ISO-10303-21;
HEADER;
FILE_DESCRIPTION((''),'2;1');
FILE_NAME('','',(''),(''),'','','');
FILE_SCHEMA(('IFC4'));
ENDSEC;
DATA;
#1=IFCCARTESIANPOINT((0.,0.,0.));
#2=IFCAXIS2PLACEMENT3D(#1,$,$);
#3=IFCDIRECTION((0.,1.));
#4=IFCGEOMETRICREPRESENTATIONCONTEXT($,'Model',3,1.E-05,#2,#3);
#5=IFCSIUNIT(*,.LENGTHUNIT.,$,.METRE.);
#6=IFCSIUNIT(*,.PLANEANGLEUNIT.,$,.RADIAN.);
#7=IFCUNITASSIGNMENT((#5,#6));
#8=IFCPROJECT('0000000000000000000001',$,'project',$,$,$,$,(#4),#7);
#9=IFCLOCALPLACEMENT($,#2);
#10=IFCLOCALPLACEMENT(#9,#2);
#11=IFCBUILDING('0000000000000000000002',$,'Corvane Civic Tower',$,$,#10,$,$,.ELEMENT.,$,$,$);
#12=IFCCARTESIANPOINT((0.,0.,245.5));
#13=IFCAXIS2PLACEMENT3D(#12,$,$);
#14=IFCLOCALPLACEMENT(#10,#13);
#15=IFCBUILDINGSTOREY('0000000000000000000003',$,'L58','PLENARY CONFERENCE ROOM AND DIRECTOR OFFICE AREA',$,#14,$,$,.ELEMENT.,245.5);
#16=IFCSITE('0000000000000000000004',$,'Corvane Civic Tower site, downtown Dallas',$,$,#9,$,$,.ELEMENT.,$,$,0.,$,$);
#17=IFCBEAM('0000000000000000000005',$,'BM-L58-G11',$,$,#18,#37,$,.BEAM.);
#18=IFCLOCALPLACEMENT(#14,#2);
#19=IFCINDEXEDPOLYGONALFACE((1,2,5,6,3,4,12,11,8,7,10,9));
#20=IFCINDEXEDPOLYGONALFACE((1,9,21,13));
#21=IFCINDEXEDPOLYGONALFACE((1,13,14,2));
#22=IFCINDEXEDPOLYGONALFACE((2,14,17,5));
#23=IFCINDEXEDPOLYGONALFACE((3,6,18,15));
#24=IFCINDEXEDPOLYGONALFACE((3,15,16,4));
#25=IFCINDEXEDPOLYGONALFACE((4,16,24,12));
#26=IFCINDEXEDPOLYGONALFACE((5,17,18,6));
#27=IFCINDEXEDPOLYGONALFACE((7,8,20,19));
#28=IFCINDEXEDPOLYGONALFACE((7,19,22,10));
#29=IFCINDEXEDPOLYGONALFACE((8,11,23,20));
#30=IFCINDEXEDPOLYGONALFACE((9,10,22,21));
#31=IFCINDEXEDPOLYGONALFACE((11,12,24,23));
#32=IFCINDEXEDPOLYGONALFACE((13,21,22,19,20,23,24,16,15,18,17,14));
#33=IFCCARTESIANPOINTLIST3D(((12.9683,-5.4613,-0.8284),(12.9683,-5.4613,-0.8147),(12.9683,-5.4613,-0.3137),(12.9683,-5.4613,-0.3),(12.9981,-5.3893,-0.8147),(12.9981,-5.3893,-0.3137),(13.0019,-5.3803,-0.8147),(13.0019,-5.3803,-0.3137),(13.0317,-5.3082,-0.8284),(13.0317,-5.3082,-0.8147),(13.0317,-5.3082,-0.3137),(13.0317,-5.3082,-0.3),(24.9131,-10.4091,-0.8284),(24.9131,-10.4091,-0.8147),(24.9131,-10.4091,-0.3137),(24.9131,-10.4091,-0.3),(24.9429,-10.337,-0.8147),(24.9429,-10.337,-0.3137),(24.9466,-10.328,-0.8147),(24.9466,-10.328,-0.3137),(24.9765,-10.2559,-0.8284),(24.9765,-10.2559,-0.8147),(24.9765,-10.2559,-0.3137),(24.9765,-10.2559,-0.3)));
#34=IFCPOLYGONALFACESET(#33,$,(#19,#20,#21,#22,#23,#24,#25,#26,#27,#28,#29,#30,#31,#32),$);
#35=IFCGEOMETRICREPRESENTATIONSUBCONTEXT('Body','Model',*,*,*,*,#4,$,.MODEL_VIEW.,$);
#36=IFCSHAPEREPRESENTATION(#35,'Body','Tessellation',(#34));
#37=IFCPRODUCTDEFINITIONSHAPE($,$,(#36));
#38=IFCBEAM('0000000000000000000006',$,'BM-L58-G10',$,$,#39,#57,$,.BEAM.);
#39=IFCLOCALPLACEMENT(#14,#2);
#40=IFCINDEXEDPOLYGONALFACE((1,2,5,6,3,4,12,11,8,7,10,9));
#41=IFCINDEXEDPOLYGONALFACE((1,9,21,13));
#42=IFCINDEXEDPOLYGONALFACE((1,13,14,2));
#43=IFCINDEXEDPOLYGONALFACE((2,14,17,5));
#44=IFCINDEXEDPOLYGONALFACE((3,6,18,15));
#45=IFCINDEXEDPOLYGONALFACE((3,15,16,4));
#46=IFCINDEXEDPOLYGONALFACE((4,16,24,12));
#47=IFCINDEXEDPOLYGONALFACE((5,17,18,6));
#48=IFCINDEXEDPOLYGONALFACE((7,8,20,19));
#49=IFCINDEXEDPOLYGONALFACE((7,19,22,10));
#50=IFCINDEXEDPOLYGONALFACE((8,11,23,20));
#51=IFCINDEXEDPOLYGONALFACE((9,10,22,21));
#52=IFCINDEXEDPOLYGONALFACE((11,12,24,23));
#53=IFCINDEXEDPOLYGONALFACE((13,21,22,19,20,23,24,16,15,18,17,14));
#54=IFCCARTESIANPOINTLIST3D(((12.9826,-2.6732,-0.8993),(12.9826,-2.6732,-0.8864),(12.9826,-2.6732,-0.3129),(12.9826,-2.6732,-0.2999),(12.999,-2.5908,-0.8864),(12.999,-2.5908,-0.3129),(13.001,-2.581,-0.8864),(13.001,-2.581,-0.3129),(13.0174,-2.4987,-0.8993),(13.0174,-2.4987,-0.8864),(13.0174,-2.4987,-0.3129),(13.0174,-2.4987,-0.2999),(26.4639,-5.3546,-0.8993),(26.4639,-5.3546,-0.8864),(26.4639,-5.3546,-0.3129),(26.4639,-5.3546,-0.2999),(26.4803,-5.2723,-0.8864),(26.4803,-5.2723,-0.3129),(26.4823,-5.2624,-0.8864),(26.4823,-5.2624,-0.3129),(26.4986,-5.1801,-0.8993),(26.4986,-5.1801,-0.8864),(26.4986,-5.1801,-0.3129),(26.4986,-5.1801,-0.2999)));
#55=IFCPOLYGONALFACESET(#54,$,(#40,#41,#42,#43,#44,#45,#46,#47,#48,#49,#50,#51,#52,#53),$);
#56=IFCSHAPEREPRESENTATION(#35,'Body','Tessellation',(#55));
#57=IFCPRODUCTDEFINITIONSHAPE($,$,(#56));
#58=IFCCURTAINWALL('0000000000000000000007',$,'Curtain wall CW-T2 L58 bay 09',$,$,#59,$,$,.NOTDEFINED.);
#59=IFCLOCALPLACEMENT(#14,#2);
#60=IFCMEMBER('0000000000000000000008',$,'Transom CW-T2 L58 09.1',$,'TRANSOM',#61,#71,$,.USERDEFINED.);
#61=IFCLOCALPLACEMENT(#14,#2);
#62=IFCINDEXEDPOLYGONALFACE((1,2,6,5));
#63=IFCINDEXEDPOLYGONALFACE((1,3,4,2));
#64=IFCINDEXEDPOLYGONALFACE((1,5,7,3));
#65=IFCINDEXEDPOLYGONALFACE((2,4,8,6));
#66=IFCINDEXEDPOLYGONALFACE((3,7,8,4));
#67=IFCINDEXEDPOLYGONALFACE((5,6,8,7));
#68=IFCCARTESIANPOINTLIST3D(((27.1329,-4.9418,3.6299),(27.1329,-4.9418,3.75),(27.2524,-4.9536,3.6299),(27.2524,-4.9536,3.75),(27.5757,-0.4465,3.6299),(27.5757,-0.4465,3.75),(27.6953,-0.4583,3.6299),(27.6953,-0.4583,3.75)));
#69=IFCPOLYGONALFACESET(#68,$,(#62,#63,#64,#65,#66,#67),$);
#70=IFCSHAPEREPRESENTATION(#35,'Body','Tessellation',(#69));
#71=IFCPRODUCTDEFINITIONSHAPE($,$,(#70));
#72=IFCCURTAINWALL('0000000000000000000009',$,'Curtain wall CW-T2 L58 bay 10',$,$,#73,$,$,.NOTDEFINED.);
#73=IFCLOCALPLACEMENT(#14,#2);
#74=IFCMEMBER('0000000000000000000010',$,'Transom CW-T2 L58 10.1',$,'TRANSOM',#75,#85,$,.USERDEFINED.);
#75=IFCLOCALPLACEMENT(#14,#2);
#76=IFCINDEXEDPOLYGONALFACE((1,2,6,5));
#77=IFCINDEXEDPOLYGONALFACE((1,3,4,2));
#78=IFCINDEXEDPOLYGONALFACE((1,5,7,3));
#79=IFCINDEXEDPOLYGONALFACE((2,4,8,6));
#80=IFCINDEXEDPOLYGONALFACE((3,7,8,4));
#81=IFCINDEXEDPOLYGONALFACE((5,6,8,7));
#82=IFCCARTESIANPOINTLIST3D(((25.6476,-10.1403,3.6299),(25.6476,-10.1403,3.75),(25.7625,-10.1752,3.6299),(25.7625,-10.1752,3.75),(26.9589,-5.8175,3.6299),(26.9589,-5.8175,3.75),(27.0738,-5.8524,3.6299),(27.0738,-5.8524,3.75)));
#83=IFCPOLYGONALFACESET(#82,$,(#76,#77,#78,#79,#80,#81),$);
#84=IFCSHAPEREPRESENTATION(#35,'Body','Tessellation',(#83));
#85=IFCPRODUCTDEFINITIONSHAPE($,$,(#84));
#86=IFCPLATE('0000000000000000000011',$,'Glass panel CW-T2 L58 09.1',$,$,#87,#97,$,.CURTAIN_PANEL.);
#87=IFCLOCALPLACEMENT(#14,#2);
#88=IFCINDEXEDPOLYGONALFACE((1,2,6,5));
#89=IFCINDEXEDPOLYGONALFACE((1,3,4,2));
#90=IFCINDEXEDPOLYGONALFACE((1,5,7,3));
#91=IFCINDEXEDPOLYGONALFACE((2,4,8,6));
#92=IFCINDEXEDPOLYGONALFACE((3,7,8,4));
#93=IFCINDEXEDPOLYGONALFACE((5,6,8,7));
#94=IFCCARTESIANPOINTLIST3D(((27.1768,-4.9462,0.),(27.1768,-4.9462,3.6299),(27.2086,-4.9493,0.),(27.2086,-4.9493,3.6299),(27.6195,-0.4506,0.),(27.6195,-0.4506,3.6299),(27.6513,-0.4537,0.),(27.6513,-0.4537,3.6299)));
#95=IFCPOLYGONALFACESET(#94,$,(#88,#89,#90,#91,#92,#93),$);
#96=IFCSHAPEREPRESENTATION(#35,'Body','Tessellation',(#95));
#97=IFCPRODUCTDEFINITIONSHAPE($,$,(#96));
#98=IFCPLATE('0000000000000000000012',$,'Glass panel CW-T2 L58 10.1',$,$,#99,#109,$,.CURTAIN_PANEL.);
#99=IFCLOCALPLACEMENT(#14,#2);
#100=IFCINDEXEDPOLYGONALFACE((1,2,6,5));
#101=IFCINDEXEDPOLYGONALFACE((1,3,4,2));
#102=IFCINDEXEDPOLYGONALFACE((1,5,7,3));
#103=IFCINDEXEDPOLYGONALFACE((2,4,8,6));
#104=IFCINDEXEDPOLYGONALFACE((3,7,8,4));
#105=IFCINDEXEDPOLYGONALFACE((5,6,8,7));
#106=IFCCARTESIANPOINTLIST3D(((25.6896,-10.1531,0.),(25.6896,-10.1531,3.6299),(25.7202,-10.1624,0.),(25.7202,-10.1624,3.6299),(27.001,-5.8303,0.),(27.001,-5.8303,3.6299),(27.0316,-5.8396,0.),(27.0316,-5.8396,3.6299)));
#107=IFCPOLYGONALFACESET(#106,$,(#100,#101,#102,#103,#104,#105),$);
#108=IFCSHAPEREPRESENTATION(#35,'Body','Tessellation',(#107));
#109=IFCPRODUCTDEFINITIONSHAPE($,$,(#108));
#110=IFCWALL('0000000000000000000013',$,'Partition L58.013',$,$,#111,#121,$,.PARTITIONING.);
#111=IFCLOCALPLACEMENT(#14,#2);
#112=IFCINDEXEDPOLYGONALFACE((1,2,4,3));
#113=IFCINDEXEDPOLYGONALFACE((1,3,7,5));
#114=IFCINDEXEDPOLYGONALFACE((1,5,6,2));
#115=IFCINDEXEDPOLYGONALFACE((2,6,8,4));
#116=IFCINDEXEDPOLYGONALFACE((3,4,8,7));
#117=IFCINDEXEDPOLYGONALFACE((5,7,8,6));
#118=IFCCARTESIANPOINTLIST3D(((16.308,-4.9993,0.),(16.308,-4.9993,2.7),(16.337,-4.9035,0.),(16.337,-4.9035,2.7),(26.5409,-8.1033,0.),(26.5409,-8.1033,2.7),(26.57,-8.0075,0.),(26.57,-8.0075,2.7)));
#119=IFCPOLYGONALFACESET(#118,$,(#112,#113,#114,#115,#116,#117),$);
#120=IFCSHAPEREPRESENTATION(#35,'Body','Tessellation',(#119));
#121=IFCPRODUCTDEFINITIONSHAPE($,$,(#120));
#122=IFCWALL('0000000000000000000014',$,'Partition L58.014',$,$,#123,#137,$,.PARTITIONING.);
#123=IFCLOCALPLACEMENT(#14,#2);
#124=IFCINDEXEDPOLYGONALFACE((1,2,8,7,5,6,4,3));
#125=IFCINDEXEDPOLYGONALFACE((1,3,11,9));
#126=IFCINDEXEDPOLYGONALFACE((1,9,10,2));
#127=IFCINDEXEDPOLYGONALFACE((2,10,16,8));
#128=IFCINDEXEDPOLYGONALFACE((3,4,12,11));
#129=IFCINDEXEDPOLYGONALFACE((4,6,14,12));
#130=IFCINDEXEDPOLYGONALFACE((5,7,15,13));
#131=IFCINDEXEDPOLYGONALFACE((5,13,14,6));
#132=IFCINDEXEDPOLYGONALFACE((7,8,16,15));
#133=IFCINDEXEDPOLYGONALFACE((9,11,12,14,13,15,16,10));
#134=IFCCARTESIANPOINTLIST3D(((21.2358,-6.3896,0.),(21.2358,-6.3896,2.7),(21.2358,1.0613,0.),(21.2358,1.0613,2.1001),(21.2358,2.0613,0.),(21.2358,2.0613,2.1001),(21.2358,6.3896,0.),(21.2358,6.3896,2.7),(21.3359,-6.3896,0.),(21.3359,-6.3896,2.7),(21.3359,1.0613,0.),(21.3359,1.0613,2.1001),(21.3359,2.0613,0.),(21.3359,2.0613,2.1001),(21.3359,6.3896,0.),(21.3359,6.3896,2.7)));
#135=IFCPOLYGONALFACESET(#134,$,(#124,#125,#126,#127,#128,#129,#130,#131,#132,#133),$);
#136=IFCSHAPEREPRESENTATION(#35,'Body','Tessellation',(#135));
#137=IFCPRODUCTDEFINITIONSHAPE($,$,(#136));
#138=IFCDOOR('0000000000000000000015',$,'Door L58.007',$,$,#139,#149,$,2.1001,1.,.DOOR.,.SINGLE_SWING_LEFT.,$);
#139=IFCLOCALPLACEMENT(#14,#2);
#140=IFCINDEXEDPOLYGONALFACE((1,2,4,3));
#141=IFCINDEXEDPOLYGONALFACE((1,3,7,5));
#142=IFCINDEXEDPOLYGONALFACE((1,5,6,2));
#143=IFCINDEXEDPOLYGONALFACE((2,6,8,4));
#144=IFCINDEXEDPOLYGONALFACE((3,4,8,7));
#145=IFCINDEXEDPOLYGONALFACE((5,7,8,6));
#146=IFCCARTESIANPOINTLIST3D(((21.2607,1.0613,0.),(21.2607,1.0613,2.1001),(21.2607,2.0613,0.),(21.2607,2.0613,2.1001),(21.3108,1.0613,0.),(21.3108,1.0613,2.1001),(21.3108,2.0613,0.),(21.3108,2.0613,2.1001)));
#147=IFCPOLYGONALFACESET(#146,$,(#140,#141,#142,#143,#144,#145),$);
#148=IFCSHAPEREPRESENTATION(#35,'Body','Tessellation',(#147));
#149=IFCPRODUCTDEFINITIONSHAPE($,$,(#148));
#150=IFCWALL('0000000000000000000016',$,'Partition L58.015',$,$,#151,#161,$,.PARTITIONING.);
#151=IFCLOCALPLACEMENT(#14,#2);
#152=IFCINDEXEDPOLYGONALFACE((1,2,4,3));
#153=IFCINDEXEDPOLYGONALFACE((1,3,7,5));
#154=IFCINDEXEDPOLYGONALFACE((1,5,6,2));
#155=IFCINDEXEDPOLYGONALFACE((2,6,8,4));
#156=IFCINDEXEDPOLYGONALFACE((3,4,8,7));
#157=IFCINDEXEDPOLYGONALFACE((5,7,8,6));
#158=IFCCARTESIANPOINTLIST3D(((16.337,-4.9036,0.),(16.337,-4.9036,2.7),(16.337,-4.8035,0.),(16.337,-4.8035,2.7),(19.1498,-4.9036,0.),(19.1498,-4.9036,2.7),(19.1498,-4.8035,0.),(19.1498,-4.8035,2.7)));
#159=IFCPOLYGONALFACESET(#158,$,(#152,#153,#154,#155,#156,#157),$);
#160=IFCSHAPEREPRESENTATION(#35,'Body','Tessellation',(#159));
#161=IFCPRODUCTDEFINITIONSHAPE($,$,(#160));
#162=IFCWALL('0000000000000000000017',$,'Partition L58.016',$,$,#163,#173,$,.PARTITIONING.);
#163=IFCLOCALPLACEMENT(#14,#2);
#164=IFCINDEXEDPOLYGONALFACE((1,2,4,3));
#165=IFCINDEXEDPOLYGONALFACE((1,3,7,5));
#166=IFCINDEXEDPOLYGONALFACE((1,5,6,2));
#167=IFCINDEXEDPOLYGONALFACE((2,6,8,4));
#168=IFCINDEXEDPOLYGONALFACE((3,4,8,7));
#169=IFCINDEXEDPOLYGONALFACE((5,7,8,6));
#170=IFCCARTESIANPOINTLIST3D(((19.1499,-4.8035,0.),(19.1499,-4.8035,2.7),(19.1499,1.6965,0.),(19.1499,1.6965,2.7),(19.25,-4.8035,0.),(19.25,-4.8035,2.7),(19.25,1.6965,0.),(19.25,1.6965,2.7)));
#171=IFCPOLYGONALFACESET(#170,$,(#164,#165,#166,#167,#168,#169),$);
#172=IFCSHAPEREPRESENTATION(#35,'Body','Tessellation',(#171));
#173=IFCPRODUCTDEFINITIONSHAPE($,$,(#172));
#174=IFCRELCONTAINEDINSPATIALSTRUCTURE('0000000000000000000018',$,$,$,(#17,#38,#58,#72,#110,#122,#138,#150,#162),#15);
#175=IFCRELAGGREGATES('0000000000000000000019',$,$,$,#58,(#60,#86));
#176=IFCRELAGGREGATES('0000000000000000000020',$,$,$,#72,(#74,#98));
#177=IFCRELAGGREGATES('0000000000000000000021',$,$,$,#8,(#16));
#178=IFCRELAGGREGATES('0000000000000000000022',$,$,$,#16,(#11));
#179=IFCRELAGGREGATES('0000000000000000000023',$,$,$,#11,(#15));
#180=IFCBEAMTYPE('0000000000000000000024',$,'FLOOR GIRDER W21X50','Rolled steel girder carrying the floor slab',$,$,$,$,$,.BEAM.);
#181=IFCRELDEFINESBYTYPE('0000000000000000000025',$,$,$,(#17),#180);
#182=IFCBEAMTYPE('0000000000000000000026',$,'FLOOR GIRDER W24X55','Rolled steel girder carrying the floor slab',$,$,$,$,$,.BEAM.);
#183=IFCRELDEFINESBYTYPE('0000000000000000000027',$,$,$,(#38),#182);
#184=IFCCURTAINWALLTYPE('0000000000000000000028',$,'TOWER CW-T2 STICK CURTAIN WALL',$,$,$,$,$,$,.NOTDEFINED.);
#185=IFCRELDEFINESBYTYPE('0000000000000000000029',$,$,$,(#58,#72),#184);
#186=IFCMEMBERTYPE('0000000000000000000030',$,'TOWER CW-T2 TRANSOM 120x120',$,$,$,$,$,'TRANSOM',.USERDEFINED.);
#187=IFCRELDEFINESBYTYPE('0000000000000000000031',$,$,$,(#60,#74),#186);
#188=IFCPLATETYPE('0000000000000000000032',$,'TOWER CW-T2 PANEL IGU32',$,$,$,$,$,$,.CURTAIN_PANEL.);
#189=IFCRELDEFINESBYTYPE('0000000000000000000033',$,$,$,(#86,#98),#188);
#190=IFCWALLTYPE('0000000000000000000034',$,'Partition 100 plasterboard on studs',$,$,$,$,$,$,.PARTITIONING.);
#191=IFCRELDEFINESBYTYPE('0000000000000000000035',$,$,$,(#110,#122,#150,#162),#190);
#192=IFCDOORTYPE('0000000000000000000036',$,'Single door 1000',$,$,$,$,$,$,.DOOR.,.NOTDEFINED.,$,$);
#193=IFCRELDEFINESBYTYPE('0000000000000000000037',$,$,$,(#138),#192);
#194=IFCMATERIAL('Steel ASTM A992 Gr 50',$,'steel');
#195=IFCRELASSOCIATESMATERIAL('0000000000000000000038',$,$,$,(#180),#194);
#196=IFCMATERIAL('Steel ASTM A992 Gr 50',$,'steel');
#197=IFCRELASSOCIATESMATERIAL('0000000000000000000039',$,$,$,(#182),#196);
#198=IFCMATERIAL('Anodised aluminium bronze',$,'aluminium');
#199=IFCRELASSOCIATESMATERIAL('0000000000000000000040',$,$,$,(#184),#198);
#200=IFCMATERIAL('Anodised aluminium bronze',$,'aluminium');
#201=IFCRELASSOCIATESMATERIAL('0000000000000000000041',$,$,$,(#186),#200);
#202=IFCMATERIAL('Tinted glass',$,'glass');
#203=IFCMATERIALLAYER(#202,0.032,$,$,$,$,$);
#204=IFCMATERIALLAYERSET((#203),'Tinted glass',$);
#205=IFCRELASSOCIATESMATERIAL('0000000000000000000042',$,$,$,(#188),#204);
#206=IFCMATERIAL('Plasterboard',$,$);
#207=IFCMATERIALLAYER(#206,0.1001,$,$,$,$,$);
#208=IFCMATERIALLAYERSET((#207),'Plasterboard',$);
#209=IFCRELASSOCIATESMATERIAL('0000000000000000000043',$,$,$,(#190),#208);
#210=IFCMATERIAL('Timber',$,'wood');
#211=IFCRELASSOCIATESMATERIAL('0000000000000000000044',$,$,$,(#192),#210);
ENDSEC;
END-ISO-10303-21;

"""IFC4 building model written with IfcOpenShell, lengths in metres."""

from ifc_helpers import new_model, si_unit, direction, frame, frame_2d, origin, origin_2d, place, context, subcontext, project, spatial, rectangle, i_section, extrude, material, layer, layer_set, material_profile, profile_set, type_object, element, fill, aggregate, save


model = new_model("IFC4")

# Units and contexts
model_context = context("Model", 3, precision=1e-05, world=origin(), true_north=direction((0.0, 1.0)))
body_context = subcontext(model_context, "Body", "Model", "MODEL_VIEW")
ifc_project = project(units=[si_unit("LENGTHUNIT", "METRE"), si_unit("PLANEANGLEUNIT", "RADIAN")], contexts=[model_context])

# Site, building, storey
site_placement = place(None, origin())
site = spatial("IfcSite", under=ifc_project, at=site_placement, Name="Corvane Civic Tower site, downtown Dallas", CompositionType="ELEMENT", RefElevation=0.0)
building_placement = place(site_placement, origin())
building = spatial("IfcBuilding", under=site, at=building_placement, Name="Corvane Civic Tower", CompositionType="ELEMENT")
storey_placement = place(building_placement, frame((0.0, 0.0, 245.5)))
storey = spatial("IfcBuildingStorey", under=building, at=storey_placement, Name="L58", Description="PLENARY CONFERENCE ROOM AND DIRECTOR OFFICE AREA", CompositionType="ELEMENT", Elevation=245.5)

# Beams
ifc_material_1 = material(Name="Steel ASTM A992 Gr 50", Category="steel")
ifc_material_profile_1 = material_profile(ifc_material_1, i_section(OverallWidth=0.1658, OverallDepth=0.5283, WebThickness=0.0098, FlangeThickness=0.0137, at=origin_2d()), Name="W21X50")
ifc_profile_set_1 = profile_set([ifc_material_profile_1], Name="Steel ASTM A992 Gr 50")
beam_type_1 = type_object("IfcBeamType", Name="FLOOR GIRDER W21X50", Description="Rolled steel girder carrying the floor slab", PredefinedType="BEAM", material=ifc_profile_set_1)
beam_1_placement = place(storey_placement, frame((13.0, -5.3848, -0.5642), z_axis=(0.923878, -0.382686, 0.0), x_axis=(0.382686, 0.923878, 0.0)))
element("IfcBeam", 1, at=beam_1_placement, inside=storey, type_object=beam_type_1, Name="BM-L58-G11", PredefinedType="BEAM", context=body_context, shape_type="SweptSolid", body=[
    extrude(i_section(OverallWidth=0.1658, OverallDepth=0.5283, WebThickness=0.0098, FlangeThickness=0.0137, at=origin_2d()), origin(), (0.0, 0.0, 1.0), 12.929),
])
ifc_material_2 = material(Name="Steel ASTM A992 Gr 50", Category="steel")
ifc_material_profile_2 = material_profile(ifc_material_2, i_section(OverallWidth=0.178, OverallDepth=0.5994, WebThickness=0.01, FlangeThickness=0.0129, at=origin_2d()), Name="W24X55")
ifc_profile_set_2 = profile_set([ifc_material_profile_2], Name="Steel ASTM A992 Gr 50")
beam_type_2 = type_object("IfcBeamType", Name="FLOOR GIRDER W24X55", Description="Rolled steel girder carrying the floor slab", PredefinedType="BEAM", material=ifc_profile_set_2)
beam_2_placement = place(storey_placement, frame((13.0, -2.5859, -0.5996), z_axis=(0.980788, -0.195078, 0.0), x_axis=(0.195078, 0.980788, 0.0)))
element("IfcBeam", 2, at=beam_2_placement, inside=storey, type_object=beam_type_2, Name="BM-L58-G10", PredefinedType="BEAM", context=body_context, shape_type="SweptSolid", body=[
    extrude(i_section(OverallWidth=0.178, OverallDepth=0.5994, WebThickness=0.01, FlangeThickness=0.0129, at=origin_2d()), origin(), (0.0, 0.0, 1.0), 13.7454),
])

# Curtain walls, members
ifc_material_3 = material(Name="Anodised aluminium bronze", Category="aluminium")
curtain_wall_type = type_object("IfcCurtainWallType", Name="TOWER CW-T2 STICK CURTAIN WALL", PredefinedType="NOTDEFINED", material=ifc_material_3)
curtain_wall_1_placement = place(storey_placement, origin())
curtain_wall_1 = element("IfcCurtainWall", 3, at=curtain_wall_1_placement, inside=storey, type_object=curtain_wall_type, Name="Curtain wall CW-T2 L58 bay 09", PredefinedType="NOTDEFINED")
ifc_material_4 = material(Name="Anodised aluminium bronze", Category="aluminium")
ifc_material_profile_3 = material_profile(ifc_material_4, rectangle(XDim=0.1201, YDim=0.1201, at=origin_2d()), Name="TOWER CW-T2 TRANSOM 120x120")
ifc_profile_set_3 = profile_set([ifc_material_profile_3], Name="Anodised aluminium bronze")
member_type = type_object("IfcMemberType", Name="TOWER CW-T2 TRANSOM 120x120", ElementType="TRANSOM", PredefinedType="USERDEFINED", material=ifc_profile_set_3)
member_1_placement = place(storey_placement, frame((27.6355, -0.4524, 3.6899), z_axis=(-0.098043, -0.995182, 0.0), x_axis=(0.995182, -0.098043, 0.0)))
member_1 = element("IfcMember", 4, at=member_1_placement, type_object=member_type, Name="Transom CW-T2 L58 09.1", ObjectType="TRANSOM", PredefinedType="USERDEFINED", context=body_context, shape_type="SweptSolid", body=[
    extrude(rectangle(XDim=0.1201, YDim=0.1201, at=origin_2d()), origin(), (0.0, 0.0, 1.0), 4.5171),
])
curtain_wall_2_placement = place(storey_placement, origin())
curtain_wall_2 = element("IfcCurtainWall", 5, at=curtain_wall_2_placement, inside=storey, type_object=curtain_wall_type, Name="Curtain wall CW-T2 L58 bay 10", PredefinedType="NOTDEFINED")
member_2_placement = place(storey_placement, frame((27.0164, -5.835, 3.6899), z_axis=(-0.290282, -0.956941, 0.0), x_axis=(0.956941, -0.290282, 0.0)))
member_2 = element("IfcMember", 6, at=member_2_placement, type_object=member_type, Name="Transom CW-T2 L58 10.1", ObjectType="TRANSOM", PredefinedType="USERDEFINED", context=body_context, shape_type="SweptSolid", body=[
    extrude(rectangle(XDim=0.1201, YDim=0.1201, at=origin_2d()), origin(), (0.0, 0.0, 1.0), 4.5173),
])

# Plates
ifc_material_5 = material(Name="Tinted glass", Category="glass")
ifc_layer_1 = layer(ifc_material_5, 0.032)
ifc_layer_set_1 = layer_set([ifc_layer_1], Name="Tinted glass")
plate_type = type_object("IfcPlateType", Name="TOWER CW-T2 PANEL IGU32", PredefinedType="CURTAIN_PANEL", material=ifc_layer_set_1)
plate_1_placement = place(storey_placement, frame((27.4141, -2.7, 0.0), z_axis=(0.0, 0.0, 1.0), x_axis=(-0.097993, -0.995187, 0.0)))
plate_1 = element("IfcPlate", 7, at=plate_1_placement, type_object=plate_type, Name="Glass panel CW-T2 L58 09.1", PredefinedType="CURTAIN_PANEL", context=body_context, shape_type="SweptSolid", body=[
    extrude(rectangle(XDim=4.5173, YDim=0.032, at=origin_2d()), origin(), (0.0, 0.0, 1.0), 3.6299),
])
aggregate(curtain_wall_1, [member_1, plate_1])
plate_2_placement = place(storey_placement, frame((26.3606, -7.9963, 0.0), z_axis=(0.0, 0.0, 1.0), x_axis=(-0.29029, -0.956939, 0.0)))
plate_2 = element("IfcPlate", 8, at=plate_2_placement, type_object=plate_type, Name="Glass panel CW-T2 L58 10.1", PredefinedType="CURTAIN_PANEL", context=body_context, shape_type="SweptSolid", body=[
    extrude(rectangle(XDim=4.5173, YDim=0.032, at=origin_2d()), origin(), (0.0, 0.0, 1.0), 3.6299),
])
aggregate(curtain_wall_2, [member_2, plate_2])

# Wall
ifc_material_6 = material(Name="Plasterboard")
ifc_layer_2 = layer(ifc_material_6, 0.1001)
ifc_layer_set_2 = layer_set([ifc_layer_2], Name="Plasterboard")
wall_type = type_object("IfcWallType", Name="Partition 100 plasterboard on studs", PredefinedType="PARTITIONING", material=ifc_layer_set_2)
wall_1_placement = place(storey_placement, frame((16.3225, -4.9514, 0.0), z_axis=(0.0, 0.0, 1.0), x_axis=(0.956943, -0.290275, 0.0)))
element("IfcWall", 9, at=wall_1_placement, inside=storey, type_object=wall_type, Name="Partition L58.013", PredefinedType="PARTITIONING", context=body_context, shape_type="SweptSolid", body=[
    extrude(rectangle(XDim=10.6934, YDim=0.1001, at=frame_2d((5.3467, 0.0))), origin(), (0.0, 0.0, 1.0), 2.7),
])

# Wall, opening, door
wall_2_placement = place(storey_placement, frame((21.2859, -6.3896, 0.0), z_axis=(0.0, 0.0, 1.0), x_axis=(0.0, 1.0, 0.0)))
wall_2 = element("IfcWall", 10, at=wall_2_placement, inside=storey, type_object=wall_type, Name="Partition L58.014", PredefinedType="PARTITIONING", context=body_context, shape_type="SweptSolid", body=[
    extrude(rectangle(XDim=12.7793, YDim=0.1001, at=frame_2d((6.3896, 0.0))), origin(), (0.0, 0.0, 1.0), 2.7),
])
opening_placement = place(wall_2_placement, frame((7.4509, 0.0, 0.0)))
opening = element("IfcOpeningElement", 11, at=opening_placement, cuts=wall_2, PredefinedType="OPENING", context=body_context, shape_type="SweptSolid", body=[
    extrude(rectangle(XDim=1.0, YDim=2.1001, at=frame_2d((0.5, 1.05))), frame((0.0, 0.0601, 0.0), z_axis=(0.0, -1.0, 0.0), x_axis=(1.0, 0.0, 0.0)), (0.0, 0.0, 1.0), 0.1201),
])
ifc_material_7 = material(Name="Timber", Category="wood")
door_type = type_object("IfcDoorType", Name="Single door 1000", OperationType="NOTDEFINED", PredefinedType="DOOR", material=ifc_material_7)
door_placement = place(opening_placement, frame((1.0, 0.0, 0.0), z_axis=(0.0, 0.0, 1.0), x_axis=(-1.0, 0.0, 0.0)))
door = element("IfcDoor", 12, at=door_placement, inside=storey, type_object=door_type, Name="Door L58.007", OperationType="SINGLE_SWING_LEFT", OverallHeight=2.1001, OverallWidth=1.0, PredefinedType="DOOR", context=body_context, shape_type="SweptSolid", body=[
    extrude(rectangle(XDim=1.0, YDim=2.1001, at=frame_2d((0.5, 1.05))), frame((0.0, 0.0249, 0.0), z_axis=(0.0, -1.0, 0.0), x_axis=(1.0, 0.0, 0.0)), (0.0, 0.0, 1.0), 0.05),
])
fill(opening, door)

# Walls
wall_3_placement = place(storey_placement, frame((16.3372, -4.8535, 0.0), z_axis=(0.0, 0.0, 1.0), x_axis=(1.0, 0.0, 0.0)))
element("IfcWall", 13, at=wall_3_placement, inside=storey, type_object=wall_type, Name="Partition L58.015", PredefinedType="PARTITIONING", context=body_context, shape_type="SweptSolid", body=[
    extrude(rectangle(XDim=2.8127, YDim=0.1001, at=frame_2d((1.4062, 0.0))), origin(), (0.0, 0.0, 1.0), 2.7),
])
wall_4_placement = place(storey_placement, frame((19.2, -4.8035, 0.0), z_axis=(0.0, 0.0, 1.0), x_axis=(0.0, 1.0, 0.0)))
element("IfcWall", 14, at=wall_4_placement, inside=storey, type_object=wall_type, Name="Partition L58.016", PredefinedType="PARTITIONING", context=body_context, shape_type="SweptSolid", body=[
    extrude(rectangle(XDim=6.5, YDim=0.1001, at=frame_2d((3.25, 0.0))), origin(), (0.0, 0.0, 1.0), 2.7),
])

save(model, "model.ifc")
